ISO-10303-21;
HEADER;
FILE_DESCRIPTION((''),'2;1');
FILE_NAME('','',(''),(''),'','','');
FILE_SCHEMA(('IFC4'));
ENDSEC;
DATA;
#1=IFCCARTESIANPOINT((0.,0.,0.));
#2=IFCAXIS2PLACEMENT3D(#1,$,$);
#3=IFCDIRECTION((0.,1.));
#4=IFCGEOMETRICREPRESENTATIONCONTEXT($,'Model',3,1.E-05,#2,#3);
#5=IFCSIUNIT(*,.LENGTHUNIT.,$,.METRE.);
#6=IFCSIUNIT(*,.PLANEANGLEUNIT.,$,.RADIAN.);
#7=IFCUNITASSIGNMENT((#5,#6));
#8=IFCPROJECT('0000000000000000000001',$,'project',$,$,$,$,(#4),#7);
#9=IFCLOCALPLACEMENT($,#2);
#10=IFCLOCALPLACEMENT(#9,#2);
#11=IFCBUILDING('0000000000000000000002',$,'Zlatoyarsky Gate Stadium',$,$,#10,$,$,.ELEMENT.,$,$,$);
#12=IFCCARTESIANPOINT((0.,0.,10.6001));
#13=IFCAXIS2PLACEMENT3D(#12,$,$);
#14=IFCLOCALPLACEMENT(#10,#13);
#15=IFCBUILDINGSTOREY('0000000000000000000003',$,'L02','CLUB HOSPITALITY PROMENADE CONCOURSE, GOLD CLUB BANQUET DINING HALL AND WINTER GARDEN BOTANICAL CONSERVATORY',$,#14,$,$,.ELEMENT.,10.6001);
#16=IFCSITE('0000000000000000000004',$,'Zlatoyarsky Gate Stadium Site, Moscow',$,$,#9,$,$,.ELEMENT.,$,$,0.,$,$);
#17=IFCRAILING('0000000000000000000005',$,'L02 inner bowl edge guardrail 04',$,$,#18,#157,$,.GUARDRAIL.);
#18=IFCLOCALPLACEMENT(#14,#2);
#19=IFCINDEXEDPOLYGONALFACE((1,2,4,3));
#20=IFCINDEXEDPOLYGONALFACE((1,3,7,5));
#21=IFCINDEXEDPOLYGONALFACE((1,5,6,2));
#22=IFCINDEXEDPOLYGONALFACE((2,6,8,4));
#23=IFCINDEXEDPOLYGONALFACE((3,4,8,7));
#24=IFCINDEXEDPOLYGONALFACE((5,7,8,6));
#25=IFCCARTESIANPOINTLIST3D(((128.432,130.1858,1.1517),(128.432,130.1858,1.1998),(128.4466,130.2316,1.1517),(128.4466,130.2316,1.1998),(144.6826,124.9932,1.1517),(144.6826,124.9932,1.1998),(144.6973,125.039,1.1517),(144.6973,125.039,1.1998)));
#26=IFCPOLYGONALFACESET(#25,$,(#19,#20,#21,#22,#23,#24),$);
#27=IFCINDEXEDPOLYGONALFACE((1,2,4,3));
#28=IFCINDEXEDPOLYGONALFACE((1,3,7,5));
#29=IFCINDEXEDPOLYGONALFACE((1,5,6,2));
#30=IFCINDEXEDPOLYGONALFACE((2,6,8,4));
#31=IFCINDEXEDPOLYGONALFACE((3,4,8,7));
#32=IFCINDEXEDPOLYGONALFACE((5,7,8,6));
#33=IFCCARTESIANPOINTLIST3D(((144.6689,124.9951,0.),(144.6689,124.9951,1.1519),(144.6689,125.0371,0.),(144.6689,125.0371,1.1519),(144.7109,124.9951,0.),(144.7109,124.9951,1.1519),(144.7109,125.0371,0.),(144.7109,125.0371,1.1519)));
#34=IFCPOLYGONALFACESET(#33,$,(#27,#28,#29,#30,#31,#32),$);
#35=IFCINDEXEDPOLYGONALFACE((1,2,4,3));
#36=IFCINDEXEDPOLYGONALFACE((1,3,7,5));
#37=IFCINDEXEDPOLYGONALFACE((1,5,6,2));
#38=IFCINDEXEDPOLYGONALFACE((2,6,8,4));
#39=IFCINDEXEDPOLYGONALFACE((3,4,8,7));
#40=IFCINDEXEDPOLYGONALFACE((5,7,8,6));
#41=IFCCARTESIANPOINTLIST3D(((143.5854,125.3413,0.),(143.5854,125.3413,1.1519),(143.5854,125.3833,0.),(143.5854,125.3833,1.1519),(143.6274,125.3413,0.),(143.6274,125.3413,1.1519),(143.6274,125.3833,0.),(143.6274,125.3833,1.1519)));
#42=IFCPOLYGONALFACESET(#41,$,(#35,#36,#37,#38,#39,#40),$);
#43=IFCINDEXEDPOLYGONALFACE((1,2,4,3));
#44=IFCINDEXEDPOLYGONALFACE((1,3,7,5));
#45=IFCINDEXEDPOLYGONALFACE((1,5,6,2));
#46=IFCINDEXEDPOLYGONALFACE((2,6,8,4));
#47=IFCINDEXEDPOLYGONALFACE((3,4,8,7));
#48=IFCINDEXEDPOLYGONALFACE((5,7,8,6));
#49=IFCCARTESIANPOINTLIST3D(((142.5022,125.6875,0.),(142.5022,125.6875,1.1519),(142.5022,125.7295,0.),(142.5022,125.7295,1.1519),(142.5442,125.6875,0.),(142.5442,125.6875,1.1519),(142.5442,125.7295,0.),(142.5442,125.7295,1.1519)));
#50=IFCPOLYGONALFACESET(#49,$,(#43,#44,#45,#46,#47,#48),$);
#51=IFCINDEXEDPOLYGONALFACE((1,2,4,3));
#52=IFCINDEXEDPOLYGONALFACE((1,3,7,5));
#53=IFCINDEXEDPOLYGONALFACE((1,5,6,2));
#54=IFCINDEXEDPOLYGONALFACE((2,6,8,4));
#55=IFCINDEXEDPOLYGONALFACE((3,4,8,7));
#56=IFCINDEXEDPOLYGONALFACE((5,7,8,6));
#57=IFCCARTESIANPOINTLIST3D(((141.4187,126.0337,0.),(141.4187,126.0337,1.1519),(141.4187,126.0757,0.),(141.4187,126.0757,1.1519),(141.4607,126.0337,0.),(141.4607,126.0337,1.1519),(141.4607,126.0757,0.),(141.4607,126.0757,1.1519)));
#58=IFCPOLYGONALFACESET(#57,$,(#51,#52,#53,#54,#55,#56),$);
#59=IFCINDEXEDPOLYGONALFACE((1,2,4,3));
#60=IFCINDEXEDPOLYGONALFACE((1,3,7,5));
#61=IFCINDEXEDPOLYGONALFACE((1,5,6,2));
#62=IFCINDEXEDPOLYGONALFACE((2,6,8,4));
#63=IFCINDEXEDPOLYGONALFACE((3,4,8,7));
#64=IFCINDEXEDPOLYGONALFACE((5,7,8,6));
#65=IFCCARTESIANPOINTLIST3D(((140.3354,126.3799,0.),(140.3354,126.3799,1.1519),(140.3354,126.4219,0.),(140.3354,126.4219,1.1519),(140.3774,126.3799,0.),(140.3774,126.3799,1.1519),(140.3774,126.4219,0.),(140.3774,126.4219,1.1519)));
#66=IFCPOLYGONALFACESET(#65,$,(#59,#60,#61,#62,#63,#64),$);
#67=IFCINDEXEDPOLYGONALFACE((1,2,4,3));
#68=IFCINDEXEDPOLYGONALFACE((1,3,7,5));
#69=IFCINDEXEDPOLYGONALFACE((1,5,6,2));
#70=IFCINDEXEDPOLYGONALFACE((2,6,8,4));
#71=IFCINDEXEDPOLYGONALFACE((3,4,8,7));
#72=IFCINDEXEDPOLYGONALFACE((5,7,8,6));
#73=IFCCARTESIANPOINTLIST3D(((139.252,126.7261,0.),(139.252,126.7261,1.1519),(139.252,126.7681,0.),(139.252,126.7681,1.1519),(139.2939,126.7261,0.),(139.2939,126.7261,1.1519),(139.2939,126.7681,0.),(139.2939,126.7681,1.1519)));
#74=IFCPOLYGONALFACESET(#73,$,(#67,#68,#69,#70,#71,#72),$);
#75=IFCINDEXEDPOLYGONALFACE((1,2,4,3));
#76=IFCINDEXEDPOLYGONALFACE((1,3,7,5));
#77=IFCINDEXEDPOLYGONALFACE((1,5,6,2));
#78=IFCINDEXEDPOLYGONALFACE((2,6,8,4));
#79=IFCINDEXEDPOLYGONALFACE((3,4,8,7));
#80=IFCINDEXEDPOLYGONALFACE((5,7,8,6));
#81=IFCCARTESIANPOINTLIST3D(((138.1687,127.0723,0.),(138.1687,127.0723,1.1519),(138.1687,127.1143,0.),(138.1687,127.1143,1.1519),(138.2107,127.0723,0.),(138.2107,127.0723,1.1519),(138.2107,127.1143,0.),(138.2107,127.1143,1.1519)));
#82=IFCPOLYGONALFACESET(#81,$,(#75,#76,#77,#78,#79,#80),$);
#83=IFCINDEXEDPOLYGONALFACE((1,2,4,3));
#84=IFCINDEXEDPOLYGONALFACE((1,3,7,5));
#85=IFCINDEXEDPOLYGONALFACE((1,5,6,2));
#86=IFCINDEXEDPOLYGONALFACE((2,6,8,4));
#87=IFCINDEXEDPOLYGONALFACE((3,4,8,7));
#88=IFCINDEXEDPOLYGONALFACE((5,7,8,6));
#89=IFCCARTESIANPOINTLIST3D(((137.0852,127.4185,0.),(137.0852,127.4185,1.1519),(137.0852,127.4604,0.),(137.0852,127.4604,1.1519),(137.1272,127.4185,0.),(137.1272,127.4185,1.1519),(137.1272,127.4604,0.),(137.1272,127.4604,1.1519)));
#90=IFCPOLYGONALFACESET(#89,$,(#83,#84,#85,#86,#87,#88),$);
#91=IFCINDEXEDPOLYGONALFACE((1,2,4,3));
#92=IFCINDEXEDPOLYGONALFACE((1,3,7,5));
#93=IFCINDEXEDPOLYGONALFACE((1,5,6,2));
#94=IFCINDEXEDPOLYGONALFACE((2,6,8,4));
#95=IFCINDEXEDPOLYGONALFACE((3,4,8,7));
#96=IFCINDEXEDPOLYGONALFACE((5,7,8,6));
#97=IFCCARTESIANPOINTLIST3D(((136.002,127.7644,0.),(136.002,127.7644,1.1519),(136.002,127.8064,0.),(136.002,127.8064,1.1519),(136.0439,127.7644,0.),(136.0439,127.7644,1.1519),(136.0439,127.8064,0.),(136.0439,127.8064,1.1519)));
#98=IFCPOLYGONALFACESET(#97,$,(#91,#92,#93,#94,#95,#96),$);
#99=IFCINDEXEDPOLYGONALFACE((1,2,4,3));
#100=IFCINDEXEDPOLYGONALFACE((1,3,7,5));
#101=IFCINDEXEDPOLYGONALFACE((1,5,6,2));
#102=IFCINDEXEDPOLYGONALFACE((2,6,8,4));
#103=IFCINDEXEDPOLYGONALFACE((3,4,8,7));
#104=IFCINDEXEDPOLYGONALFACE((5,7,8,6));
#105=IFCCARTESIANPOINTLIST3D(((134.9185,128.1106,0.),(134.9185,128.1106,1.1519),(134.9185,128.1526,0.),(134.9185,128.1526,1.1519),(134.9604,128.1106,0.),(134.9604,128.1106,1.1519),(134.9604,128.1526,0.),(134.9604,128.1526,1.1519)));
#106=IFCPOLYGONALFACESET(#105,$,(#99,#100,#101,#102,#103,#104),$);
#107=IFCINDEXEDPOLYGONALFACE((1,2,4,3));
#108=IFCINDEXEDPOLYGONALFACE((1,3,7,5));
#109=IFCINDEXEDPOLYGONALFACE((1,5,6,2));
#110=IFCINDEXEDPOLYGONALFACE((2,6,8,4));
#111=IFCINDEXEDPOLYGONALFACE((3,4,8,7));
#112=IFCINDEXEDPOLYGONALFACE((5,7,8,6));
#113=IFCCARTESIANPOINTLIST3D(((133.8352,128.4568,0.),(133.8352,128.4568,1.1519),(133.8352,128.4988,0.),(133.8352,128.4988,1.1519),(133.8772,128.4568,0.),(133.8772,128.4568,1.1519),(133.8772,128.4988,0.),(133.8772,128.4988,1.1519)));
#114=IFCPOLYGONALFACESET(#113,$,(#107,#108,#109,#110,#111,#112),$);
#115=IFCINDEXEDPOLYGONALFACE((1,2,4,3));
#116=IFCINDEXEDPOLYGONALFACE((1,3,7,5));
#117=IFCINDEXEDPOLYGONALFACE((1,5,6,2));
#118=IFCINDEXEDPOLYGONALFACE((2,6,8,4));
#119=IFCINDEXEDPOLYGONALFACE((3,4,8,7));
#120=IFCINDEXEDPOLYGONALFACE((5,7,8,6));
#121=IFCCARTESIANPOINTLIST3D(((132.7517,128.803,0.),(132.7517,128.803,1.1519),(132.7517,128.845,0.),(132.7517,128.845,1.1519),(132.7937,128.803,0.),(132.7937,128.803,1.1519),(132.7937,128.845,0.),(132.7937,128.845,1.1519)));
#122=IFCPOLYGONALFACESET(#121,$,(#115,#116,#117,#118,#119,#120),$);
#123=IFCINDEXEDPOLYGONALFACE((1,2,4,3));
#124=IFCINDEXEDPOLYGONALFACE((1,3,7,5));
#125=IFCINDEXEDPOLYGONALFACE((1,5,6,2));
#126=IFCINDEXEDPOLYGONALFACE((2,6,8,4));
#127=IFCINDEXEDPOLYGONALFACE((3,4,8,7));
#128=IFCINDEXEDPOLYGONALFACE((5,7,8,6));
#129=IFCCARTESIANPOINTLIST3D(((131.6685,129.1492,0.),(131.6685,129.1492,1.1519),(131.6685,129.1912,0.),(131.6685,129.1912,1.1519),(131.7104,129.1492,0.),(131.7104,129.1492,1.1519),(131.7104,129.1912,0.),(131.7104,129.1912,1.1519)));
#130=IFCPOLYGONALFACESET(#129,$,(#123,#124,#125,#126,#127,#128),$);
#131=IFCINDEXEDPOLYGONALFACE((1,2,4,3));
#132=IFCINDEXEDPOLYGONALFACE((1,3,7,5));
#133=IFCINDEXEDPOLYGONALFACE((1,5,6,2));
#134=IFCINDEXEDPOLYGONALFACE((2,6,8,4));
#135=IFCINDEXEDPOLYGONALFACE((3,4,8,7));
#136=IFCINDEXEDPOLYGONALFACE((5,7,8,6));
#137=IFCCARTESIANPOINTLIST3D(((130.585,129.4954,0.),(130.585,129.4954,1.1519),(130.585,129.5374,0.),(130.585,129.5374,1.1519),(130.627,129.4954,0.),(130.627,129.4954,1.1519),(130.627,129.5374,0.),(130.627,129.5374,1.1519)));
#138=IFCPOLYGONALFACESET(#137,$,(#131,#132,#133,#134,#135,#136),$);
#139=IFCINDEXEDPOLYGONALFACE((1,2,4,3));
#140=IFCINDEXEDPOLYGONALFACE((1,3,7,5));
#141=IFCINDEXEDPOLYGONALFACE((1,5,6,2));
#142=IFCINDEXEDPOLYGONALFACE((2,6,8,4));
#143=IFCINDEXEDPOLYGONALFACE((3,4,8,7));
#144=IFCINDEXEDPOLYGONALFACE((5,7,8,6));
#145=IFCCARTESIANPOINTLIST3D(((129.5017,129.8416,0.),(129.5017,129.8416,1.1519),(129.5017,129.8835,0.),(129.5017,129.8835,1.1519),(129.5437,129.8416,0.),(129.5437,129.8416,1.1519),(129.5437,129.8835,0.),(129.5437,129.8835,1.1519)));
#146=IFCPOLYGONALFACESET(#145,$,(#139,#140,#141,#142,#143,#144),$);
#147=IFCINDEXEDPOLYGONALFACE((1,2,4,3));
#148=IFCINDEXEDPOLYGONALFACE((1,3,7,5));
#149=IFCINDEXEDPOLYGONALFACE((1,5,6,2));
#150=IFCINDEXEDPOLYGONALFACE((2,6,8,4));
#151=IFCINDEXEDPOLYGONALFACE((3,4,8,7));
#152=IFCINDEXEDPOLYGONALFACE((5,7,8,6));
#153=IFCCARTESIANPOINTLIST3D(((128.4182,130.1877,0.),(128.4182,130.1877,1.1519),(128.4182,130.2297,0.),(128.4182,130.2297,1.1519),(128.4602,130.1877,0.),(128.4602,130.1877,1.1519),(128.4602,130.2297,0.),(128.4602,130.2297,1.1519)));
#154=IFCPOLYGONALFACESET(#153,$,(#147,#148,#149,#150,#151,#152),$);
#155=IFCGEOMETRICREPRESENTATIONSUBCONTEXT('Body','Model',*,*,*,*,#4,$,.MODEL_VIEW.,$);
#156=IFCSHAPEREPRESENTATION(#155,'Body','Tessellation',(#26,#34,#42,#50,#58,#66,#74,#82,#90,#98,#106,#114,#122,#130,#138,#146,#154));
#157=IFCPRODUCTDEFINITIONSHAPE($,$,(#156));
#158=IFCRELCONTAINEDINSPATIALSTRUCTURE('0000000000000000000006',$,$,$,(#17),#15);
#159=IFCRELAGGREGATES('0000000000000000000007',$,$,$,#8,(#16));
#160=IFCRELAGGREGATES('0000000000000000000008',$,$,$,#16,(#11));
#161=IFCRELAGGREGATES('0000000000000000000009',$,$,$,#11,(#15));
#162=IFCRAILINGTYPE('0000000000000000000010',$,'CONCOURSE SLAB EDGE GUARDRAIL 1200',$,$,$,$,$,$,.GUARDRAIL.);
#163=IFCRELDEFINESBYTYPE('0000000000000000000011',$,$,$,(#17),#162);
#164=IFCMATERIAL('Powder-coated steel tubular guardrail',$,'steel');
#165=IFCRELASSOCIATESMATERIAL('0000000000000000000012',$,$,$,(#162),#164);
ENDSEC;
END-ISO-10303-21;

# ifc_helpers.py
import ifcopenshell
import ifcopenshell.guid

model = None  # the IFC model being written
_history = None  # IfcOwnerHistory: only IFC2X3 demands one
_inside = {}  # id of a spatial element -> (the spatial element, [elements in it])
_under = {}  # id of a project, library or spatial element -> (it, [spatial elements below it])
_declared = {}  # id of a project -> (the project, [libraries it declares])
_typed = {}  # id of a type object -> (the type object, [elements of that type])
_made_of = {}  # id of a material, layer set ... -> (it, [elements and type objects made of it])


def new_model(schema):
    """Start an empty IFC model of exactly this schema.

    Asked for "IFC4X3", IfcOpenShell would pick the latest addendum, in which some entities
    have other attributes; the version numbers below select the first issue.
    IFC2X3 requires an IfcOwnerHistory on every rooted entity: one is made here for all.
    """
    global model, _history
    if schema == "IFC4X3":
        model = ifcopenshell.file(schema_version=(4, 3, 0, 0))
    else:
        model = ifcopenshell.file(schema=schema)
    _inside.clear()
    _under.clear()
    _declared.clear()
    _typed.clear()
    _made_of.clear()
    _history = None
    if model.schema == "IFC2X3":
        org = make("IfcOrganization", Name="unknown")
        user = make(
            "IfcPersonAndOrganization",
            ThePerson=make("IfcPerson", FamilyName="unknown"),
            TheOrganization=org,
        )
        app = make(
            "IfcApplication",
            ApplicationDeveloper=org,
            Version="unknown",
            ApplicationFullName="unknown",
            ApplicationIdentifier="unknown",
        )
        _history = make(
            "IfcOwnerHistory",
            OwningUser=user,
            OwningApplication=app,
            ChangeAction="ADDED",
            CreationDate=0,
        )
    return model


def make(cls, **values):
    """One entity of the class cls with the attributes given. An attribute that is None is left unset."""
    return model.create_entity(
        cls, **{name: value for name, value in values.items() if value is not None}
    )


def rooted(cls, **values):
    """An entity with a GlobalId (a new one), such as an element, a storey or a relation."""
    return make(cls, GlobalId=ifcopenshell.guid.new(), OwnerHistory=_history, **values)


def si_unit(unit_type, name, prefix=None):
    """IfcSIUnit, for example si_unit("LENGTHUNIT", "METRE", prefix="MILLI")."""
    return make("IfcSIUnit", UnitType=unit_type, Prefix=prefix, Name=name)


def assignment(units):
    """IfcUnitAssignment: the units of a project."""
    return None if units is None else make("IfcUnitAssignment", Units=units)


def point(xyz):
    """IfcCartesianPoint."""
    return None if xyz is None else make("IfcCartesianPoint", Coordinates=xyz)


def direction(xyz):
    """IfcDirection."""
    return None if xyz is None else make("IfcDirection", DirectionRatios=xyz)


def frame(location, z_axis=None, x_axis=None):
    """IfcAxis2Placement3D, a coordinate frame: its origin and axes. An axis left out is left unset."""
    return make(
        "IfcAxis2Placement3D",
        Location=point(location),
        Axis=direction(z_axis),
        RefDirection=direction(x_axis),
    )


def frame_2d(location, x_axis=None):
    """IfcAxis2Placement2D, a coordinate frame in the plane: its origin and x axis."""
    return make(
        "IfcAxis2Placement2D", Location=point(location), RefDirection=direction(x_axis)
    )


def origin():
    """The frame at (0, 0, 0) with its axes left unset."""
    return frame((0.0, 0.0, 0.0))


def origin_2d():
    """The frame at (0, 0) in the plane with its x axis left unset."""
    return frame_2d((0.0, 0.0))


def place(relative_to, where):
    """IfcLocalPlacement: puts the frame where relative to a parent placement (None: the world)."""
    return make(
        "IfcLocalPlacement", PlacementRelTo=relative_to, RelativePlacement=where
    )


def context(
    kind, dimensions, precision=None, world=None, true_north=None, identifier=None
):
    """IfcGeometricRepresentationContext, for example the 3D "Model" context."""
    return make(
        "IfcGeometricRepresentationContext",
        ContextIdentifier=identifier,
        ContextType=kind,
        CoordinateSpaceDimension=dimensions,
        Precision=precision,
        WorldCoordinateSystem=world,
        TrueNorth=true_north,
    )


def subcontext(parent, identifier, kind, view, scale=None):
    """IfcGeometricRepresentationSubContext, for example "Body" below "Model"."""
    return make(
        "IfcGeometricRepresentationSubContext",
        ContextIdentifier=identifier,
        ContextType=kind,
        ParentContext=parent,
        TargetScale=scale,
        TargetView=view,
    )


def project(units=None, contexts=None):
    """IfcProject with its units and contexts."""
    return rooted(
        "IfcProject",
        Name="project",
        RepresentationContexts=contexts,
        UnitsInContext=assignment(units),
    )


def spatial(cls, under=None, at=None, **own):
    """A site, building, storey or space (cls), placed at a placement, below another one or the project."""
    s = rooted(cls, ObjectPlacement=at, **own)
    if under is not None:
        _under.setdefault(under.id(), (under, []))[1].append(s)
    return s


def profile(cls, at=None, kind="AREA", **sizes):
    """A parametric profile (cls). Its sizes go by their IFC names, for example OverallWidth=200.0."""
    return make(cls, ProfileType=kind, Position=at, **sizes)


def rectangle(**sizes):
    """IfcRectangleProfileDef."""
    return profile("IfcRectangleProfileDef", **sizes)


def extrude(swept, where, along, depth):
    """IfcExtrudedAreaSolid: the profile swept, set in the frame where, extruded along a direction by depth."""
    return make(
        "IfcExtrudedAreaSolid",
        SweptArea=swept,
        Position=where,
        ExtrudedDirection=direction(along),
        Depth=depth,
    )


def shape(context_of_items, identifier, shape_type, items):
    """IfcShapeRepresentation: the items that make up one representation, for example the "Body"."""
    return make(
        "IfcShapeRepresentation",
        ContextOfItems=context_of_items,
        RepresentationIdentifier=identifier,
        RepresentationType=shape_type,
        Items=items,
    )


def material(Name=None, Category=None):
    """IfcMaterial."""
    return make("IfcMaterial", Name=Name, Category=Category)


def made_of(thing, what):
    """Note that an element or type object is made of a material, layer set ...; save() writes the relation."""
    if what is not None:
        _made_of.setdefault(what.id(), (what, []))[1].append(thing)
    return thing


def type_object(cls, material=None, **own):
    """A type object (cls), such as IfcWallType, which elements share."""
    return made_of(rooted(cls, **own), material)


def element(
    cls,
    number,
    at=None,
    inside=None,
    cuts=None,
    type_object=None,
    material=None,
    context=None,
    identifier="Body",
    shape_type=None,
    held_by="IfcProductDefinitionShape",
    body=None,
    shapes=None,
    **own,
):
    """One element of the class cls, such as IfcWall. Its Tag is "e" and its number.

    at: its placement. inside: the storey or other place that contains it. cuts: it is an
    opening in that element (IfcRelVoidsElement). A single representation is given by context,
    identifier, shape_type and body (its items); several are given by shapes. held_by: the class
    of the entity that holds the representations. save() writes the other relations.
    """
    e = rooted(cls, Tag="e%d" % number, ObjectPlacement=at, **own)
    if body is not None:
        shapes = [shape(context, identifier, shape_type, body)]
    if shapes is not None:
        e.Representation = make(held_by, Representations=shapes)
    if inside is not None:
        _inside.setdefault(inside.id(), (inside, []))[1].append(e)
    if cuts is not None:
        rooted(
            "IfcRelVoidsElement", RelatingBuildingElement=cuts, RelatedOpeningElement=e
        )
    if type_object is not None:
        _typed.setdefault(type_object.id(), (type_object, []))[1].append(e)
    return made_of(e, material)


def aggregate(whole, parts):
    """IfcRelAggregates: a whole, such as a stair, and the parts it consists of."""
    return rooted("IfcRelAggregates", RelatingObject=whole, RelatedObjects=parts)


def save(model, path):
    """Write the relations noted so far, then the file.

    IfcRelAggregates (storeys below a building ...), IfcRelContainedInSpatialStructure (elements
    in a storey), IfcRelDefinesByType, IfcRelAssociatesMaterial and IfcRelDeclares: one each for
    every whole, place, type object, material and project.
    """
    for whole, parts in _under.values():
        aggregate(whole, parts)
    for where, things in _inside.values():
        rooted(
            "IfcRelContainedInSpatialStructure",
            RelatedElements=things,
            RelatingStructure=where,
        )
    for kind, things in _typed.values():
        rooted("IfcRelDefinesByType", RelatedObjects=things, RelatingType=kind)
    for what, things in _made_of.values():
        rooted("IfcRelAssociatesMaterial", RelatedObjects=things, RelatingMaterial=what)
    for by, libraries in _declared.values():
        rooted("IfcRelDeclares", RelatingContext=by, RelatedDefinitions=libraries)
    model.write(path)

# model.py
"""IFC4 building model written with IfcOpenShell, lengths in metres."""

from ifc_helpers import new_model, si_unit, direction, frame, origin, origin_2d, place, context, subcontext, project, spatial, rectangle, extrude, material, type_object, element, save


model = new_model("IFC4")

# Units and contexts
model_context = context("Model", 3, precision=1e-05, world=origin(), true_north=direction((0.0, 1.0)))
body_context = subcontext(model_context, "Body", "Model", "MODEL_VIEW")
ifc_project = project(units=[si_unit("LENGTHUNIT", "METRE"), si_unit("PLANEANGLEUNIT", "RADIAN")], contexts=[model_context])

# Site, building, storey
site_placement = place(None, origin())
site = spatial("IfcSite", under=ifc_project, at=site_placement, Name="Zlatoyarsky Gate Stadium Site, Moscow", CompositionType="ELEMENT", RefElevation=0.0)
building_placement = place(site_placement, origin())
building = spatial("IfcBuilding", under=site, at=building_placement, Name="Zlatoyarsky Gate Stadium", CompositionType="ELEMENT")
storey_placement = place(building_placement, frame((0.0, 0.0, 10.6001)))
storey = spatial("IfcBuildingStorey", under=building, at=storey_placement, Name="L02", Description="CLUB HOSPITALITY PROMENADE CONCOURSE, GOLD CLUB BANQUET DINING HALL AND WINTER GARDEN BOTANICAL CONSERVATORY", CompositionType="ELEMENT", Elevation=10.6001)

# Railing
ifc_material_1 = material(Name="Powder-coated steel tubular guardrail", Category="steel")
railing_type = type_object("IfcRailingType", Name="CONCOURSE SLAB EDGE GUARDRAIL 1200", PredefinedType="GUARDRAIL", material=ifc_material_1)
railing_1_placement = place(storey_placement, frame((144.6899, 125.0161, 0.0)))
element("IfcRailing", 1, at=railing_1_placement, inside=storey, type_object=railing_type, Name="L02 inner bowl edge guardrail 04", PredefinedType="GUARDRAIL", context=body_context, shape_type="SweptSolid", body=[
    extrude(rectangle(XDim=0.0481, YDim=0.0481, at=origin_2d()), frame((0.0, 0.0, 1.1758), z_axis=(-0.952554, 0.304371, 0.0), x_axis=(-0.304371, -0.952554, 0.0)), (0.0, 0.0, 1.0), 17.0601),
    extrude(rectangle(XDim=0.042, YDim=0.042, at=origin_2d()), origin(), (0.0, 0.0, 1.0), 1.1519),
    extrude(rectangle(XDim=0.042, YDim=0.042, at=origin_2d()), frame((-1.0835, 0.3462, 0.0)), (0.0, 0.0, 1.0), 1.1519),
    extrude(rectangle(XDim=0.042, YDim=0.042, at=origin_2d()), frame((-2.1667, 0.6924, 0.0)), (0.0, 0.0, 1.0), 1.1519),
    extrude(rectangle(XDim=0.042, YDim=0.042, at=origin_2d()), frame((-3.2502, 1.0386, 0.0)), (0.0, 0.0, 1.0), 1.1519),
    extrude(rectangle(XDim=0.042, YDim=0.042, at=origin_2d()), frame((-4.3335, 1.3848, 0.0)), (0.0, 0.0, 1.0), 1.1519),
    extrude(rectangle(XDim=0.042, YDim=0.042, at=origin_2d()), frame((-5.417, 1.731, 0.0)), (0.0, 0.0, 1.0), 1.1519),
    extrude(rectangle(XDim=0.042, YDim=0.042, at=origin_2d()), frame((-6.5002, 2.0771, 0.0)), (0.0, 0.0, 1.0), 1.1519),
    extrude(rectangle(XDim=0.042, YDim=0.042, at=origin_2d()), frame((-7.5837, 2.4233, 0.0)), (0.0, 0.0, 1.0), 1.1519),
    extrude(rectangle(XDim=0.042, YDim=0.042, at=origin_2d()), frame((-8.667, 2.7693, 0.0)), (0.0, 0.0, 1.0), 1.1519),
    extrude(rectangle(XDim=0.042, YDim=0.042, at=origin_2d()), frame((-9.7505, 3.1155, 0.0)), (0.0, 0.0, 1.0), 1.1519),
    extrude(rectangle(XDim=0.042, YDim=0.042, at=origin_2d()), frame((-10.8337, 3.4617, 0.0)), (0.0, 0.0, 1.0), 1.1519),
    extrude(rectangle(XDim=0.042, YDim=0.042, at=origin_2d()), frame((-11.9172, 3.8079, 0.0)), (0.0, 0.0, 1.0), 1.1519),
    extrude(rectangle(XDim=0.042, YDim=0.042, at=origin_2d()), frame((-13.0005, 4.1541, 0.0)), (0.0, 0.0, 1.0), 1.1519),
    extrude(rectangle(XDim=0.042, YDim=0.042, at=origin_2d()), frame((-14.084, 4.5002, 0.0)), (0.0, 0.0, 1.0), 1.1519),
    extrude(rectangle(XDim=0.042, YDim=0.042, at=origin_2d()), frame((-15.1672, 4.8464, 0.0)), (0.0, 0.0, 1.0), 1.1519),
    extrude(rectangle(XDim=0.042, YDim=0.042, at=origin_2d()), frame((-16.2507, 5.1926, 0.0)), (0.0, 0.0, 1.0), 1.1519),
])

save(model, "model.ifc")
